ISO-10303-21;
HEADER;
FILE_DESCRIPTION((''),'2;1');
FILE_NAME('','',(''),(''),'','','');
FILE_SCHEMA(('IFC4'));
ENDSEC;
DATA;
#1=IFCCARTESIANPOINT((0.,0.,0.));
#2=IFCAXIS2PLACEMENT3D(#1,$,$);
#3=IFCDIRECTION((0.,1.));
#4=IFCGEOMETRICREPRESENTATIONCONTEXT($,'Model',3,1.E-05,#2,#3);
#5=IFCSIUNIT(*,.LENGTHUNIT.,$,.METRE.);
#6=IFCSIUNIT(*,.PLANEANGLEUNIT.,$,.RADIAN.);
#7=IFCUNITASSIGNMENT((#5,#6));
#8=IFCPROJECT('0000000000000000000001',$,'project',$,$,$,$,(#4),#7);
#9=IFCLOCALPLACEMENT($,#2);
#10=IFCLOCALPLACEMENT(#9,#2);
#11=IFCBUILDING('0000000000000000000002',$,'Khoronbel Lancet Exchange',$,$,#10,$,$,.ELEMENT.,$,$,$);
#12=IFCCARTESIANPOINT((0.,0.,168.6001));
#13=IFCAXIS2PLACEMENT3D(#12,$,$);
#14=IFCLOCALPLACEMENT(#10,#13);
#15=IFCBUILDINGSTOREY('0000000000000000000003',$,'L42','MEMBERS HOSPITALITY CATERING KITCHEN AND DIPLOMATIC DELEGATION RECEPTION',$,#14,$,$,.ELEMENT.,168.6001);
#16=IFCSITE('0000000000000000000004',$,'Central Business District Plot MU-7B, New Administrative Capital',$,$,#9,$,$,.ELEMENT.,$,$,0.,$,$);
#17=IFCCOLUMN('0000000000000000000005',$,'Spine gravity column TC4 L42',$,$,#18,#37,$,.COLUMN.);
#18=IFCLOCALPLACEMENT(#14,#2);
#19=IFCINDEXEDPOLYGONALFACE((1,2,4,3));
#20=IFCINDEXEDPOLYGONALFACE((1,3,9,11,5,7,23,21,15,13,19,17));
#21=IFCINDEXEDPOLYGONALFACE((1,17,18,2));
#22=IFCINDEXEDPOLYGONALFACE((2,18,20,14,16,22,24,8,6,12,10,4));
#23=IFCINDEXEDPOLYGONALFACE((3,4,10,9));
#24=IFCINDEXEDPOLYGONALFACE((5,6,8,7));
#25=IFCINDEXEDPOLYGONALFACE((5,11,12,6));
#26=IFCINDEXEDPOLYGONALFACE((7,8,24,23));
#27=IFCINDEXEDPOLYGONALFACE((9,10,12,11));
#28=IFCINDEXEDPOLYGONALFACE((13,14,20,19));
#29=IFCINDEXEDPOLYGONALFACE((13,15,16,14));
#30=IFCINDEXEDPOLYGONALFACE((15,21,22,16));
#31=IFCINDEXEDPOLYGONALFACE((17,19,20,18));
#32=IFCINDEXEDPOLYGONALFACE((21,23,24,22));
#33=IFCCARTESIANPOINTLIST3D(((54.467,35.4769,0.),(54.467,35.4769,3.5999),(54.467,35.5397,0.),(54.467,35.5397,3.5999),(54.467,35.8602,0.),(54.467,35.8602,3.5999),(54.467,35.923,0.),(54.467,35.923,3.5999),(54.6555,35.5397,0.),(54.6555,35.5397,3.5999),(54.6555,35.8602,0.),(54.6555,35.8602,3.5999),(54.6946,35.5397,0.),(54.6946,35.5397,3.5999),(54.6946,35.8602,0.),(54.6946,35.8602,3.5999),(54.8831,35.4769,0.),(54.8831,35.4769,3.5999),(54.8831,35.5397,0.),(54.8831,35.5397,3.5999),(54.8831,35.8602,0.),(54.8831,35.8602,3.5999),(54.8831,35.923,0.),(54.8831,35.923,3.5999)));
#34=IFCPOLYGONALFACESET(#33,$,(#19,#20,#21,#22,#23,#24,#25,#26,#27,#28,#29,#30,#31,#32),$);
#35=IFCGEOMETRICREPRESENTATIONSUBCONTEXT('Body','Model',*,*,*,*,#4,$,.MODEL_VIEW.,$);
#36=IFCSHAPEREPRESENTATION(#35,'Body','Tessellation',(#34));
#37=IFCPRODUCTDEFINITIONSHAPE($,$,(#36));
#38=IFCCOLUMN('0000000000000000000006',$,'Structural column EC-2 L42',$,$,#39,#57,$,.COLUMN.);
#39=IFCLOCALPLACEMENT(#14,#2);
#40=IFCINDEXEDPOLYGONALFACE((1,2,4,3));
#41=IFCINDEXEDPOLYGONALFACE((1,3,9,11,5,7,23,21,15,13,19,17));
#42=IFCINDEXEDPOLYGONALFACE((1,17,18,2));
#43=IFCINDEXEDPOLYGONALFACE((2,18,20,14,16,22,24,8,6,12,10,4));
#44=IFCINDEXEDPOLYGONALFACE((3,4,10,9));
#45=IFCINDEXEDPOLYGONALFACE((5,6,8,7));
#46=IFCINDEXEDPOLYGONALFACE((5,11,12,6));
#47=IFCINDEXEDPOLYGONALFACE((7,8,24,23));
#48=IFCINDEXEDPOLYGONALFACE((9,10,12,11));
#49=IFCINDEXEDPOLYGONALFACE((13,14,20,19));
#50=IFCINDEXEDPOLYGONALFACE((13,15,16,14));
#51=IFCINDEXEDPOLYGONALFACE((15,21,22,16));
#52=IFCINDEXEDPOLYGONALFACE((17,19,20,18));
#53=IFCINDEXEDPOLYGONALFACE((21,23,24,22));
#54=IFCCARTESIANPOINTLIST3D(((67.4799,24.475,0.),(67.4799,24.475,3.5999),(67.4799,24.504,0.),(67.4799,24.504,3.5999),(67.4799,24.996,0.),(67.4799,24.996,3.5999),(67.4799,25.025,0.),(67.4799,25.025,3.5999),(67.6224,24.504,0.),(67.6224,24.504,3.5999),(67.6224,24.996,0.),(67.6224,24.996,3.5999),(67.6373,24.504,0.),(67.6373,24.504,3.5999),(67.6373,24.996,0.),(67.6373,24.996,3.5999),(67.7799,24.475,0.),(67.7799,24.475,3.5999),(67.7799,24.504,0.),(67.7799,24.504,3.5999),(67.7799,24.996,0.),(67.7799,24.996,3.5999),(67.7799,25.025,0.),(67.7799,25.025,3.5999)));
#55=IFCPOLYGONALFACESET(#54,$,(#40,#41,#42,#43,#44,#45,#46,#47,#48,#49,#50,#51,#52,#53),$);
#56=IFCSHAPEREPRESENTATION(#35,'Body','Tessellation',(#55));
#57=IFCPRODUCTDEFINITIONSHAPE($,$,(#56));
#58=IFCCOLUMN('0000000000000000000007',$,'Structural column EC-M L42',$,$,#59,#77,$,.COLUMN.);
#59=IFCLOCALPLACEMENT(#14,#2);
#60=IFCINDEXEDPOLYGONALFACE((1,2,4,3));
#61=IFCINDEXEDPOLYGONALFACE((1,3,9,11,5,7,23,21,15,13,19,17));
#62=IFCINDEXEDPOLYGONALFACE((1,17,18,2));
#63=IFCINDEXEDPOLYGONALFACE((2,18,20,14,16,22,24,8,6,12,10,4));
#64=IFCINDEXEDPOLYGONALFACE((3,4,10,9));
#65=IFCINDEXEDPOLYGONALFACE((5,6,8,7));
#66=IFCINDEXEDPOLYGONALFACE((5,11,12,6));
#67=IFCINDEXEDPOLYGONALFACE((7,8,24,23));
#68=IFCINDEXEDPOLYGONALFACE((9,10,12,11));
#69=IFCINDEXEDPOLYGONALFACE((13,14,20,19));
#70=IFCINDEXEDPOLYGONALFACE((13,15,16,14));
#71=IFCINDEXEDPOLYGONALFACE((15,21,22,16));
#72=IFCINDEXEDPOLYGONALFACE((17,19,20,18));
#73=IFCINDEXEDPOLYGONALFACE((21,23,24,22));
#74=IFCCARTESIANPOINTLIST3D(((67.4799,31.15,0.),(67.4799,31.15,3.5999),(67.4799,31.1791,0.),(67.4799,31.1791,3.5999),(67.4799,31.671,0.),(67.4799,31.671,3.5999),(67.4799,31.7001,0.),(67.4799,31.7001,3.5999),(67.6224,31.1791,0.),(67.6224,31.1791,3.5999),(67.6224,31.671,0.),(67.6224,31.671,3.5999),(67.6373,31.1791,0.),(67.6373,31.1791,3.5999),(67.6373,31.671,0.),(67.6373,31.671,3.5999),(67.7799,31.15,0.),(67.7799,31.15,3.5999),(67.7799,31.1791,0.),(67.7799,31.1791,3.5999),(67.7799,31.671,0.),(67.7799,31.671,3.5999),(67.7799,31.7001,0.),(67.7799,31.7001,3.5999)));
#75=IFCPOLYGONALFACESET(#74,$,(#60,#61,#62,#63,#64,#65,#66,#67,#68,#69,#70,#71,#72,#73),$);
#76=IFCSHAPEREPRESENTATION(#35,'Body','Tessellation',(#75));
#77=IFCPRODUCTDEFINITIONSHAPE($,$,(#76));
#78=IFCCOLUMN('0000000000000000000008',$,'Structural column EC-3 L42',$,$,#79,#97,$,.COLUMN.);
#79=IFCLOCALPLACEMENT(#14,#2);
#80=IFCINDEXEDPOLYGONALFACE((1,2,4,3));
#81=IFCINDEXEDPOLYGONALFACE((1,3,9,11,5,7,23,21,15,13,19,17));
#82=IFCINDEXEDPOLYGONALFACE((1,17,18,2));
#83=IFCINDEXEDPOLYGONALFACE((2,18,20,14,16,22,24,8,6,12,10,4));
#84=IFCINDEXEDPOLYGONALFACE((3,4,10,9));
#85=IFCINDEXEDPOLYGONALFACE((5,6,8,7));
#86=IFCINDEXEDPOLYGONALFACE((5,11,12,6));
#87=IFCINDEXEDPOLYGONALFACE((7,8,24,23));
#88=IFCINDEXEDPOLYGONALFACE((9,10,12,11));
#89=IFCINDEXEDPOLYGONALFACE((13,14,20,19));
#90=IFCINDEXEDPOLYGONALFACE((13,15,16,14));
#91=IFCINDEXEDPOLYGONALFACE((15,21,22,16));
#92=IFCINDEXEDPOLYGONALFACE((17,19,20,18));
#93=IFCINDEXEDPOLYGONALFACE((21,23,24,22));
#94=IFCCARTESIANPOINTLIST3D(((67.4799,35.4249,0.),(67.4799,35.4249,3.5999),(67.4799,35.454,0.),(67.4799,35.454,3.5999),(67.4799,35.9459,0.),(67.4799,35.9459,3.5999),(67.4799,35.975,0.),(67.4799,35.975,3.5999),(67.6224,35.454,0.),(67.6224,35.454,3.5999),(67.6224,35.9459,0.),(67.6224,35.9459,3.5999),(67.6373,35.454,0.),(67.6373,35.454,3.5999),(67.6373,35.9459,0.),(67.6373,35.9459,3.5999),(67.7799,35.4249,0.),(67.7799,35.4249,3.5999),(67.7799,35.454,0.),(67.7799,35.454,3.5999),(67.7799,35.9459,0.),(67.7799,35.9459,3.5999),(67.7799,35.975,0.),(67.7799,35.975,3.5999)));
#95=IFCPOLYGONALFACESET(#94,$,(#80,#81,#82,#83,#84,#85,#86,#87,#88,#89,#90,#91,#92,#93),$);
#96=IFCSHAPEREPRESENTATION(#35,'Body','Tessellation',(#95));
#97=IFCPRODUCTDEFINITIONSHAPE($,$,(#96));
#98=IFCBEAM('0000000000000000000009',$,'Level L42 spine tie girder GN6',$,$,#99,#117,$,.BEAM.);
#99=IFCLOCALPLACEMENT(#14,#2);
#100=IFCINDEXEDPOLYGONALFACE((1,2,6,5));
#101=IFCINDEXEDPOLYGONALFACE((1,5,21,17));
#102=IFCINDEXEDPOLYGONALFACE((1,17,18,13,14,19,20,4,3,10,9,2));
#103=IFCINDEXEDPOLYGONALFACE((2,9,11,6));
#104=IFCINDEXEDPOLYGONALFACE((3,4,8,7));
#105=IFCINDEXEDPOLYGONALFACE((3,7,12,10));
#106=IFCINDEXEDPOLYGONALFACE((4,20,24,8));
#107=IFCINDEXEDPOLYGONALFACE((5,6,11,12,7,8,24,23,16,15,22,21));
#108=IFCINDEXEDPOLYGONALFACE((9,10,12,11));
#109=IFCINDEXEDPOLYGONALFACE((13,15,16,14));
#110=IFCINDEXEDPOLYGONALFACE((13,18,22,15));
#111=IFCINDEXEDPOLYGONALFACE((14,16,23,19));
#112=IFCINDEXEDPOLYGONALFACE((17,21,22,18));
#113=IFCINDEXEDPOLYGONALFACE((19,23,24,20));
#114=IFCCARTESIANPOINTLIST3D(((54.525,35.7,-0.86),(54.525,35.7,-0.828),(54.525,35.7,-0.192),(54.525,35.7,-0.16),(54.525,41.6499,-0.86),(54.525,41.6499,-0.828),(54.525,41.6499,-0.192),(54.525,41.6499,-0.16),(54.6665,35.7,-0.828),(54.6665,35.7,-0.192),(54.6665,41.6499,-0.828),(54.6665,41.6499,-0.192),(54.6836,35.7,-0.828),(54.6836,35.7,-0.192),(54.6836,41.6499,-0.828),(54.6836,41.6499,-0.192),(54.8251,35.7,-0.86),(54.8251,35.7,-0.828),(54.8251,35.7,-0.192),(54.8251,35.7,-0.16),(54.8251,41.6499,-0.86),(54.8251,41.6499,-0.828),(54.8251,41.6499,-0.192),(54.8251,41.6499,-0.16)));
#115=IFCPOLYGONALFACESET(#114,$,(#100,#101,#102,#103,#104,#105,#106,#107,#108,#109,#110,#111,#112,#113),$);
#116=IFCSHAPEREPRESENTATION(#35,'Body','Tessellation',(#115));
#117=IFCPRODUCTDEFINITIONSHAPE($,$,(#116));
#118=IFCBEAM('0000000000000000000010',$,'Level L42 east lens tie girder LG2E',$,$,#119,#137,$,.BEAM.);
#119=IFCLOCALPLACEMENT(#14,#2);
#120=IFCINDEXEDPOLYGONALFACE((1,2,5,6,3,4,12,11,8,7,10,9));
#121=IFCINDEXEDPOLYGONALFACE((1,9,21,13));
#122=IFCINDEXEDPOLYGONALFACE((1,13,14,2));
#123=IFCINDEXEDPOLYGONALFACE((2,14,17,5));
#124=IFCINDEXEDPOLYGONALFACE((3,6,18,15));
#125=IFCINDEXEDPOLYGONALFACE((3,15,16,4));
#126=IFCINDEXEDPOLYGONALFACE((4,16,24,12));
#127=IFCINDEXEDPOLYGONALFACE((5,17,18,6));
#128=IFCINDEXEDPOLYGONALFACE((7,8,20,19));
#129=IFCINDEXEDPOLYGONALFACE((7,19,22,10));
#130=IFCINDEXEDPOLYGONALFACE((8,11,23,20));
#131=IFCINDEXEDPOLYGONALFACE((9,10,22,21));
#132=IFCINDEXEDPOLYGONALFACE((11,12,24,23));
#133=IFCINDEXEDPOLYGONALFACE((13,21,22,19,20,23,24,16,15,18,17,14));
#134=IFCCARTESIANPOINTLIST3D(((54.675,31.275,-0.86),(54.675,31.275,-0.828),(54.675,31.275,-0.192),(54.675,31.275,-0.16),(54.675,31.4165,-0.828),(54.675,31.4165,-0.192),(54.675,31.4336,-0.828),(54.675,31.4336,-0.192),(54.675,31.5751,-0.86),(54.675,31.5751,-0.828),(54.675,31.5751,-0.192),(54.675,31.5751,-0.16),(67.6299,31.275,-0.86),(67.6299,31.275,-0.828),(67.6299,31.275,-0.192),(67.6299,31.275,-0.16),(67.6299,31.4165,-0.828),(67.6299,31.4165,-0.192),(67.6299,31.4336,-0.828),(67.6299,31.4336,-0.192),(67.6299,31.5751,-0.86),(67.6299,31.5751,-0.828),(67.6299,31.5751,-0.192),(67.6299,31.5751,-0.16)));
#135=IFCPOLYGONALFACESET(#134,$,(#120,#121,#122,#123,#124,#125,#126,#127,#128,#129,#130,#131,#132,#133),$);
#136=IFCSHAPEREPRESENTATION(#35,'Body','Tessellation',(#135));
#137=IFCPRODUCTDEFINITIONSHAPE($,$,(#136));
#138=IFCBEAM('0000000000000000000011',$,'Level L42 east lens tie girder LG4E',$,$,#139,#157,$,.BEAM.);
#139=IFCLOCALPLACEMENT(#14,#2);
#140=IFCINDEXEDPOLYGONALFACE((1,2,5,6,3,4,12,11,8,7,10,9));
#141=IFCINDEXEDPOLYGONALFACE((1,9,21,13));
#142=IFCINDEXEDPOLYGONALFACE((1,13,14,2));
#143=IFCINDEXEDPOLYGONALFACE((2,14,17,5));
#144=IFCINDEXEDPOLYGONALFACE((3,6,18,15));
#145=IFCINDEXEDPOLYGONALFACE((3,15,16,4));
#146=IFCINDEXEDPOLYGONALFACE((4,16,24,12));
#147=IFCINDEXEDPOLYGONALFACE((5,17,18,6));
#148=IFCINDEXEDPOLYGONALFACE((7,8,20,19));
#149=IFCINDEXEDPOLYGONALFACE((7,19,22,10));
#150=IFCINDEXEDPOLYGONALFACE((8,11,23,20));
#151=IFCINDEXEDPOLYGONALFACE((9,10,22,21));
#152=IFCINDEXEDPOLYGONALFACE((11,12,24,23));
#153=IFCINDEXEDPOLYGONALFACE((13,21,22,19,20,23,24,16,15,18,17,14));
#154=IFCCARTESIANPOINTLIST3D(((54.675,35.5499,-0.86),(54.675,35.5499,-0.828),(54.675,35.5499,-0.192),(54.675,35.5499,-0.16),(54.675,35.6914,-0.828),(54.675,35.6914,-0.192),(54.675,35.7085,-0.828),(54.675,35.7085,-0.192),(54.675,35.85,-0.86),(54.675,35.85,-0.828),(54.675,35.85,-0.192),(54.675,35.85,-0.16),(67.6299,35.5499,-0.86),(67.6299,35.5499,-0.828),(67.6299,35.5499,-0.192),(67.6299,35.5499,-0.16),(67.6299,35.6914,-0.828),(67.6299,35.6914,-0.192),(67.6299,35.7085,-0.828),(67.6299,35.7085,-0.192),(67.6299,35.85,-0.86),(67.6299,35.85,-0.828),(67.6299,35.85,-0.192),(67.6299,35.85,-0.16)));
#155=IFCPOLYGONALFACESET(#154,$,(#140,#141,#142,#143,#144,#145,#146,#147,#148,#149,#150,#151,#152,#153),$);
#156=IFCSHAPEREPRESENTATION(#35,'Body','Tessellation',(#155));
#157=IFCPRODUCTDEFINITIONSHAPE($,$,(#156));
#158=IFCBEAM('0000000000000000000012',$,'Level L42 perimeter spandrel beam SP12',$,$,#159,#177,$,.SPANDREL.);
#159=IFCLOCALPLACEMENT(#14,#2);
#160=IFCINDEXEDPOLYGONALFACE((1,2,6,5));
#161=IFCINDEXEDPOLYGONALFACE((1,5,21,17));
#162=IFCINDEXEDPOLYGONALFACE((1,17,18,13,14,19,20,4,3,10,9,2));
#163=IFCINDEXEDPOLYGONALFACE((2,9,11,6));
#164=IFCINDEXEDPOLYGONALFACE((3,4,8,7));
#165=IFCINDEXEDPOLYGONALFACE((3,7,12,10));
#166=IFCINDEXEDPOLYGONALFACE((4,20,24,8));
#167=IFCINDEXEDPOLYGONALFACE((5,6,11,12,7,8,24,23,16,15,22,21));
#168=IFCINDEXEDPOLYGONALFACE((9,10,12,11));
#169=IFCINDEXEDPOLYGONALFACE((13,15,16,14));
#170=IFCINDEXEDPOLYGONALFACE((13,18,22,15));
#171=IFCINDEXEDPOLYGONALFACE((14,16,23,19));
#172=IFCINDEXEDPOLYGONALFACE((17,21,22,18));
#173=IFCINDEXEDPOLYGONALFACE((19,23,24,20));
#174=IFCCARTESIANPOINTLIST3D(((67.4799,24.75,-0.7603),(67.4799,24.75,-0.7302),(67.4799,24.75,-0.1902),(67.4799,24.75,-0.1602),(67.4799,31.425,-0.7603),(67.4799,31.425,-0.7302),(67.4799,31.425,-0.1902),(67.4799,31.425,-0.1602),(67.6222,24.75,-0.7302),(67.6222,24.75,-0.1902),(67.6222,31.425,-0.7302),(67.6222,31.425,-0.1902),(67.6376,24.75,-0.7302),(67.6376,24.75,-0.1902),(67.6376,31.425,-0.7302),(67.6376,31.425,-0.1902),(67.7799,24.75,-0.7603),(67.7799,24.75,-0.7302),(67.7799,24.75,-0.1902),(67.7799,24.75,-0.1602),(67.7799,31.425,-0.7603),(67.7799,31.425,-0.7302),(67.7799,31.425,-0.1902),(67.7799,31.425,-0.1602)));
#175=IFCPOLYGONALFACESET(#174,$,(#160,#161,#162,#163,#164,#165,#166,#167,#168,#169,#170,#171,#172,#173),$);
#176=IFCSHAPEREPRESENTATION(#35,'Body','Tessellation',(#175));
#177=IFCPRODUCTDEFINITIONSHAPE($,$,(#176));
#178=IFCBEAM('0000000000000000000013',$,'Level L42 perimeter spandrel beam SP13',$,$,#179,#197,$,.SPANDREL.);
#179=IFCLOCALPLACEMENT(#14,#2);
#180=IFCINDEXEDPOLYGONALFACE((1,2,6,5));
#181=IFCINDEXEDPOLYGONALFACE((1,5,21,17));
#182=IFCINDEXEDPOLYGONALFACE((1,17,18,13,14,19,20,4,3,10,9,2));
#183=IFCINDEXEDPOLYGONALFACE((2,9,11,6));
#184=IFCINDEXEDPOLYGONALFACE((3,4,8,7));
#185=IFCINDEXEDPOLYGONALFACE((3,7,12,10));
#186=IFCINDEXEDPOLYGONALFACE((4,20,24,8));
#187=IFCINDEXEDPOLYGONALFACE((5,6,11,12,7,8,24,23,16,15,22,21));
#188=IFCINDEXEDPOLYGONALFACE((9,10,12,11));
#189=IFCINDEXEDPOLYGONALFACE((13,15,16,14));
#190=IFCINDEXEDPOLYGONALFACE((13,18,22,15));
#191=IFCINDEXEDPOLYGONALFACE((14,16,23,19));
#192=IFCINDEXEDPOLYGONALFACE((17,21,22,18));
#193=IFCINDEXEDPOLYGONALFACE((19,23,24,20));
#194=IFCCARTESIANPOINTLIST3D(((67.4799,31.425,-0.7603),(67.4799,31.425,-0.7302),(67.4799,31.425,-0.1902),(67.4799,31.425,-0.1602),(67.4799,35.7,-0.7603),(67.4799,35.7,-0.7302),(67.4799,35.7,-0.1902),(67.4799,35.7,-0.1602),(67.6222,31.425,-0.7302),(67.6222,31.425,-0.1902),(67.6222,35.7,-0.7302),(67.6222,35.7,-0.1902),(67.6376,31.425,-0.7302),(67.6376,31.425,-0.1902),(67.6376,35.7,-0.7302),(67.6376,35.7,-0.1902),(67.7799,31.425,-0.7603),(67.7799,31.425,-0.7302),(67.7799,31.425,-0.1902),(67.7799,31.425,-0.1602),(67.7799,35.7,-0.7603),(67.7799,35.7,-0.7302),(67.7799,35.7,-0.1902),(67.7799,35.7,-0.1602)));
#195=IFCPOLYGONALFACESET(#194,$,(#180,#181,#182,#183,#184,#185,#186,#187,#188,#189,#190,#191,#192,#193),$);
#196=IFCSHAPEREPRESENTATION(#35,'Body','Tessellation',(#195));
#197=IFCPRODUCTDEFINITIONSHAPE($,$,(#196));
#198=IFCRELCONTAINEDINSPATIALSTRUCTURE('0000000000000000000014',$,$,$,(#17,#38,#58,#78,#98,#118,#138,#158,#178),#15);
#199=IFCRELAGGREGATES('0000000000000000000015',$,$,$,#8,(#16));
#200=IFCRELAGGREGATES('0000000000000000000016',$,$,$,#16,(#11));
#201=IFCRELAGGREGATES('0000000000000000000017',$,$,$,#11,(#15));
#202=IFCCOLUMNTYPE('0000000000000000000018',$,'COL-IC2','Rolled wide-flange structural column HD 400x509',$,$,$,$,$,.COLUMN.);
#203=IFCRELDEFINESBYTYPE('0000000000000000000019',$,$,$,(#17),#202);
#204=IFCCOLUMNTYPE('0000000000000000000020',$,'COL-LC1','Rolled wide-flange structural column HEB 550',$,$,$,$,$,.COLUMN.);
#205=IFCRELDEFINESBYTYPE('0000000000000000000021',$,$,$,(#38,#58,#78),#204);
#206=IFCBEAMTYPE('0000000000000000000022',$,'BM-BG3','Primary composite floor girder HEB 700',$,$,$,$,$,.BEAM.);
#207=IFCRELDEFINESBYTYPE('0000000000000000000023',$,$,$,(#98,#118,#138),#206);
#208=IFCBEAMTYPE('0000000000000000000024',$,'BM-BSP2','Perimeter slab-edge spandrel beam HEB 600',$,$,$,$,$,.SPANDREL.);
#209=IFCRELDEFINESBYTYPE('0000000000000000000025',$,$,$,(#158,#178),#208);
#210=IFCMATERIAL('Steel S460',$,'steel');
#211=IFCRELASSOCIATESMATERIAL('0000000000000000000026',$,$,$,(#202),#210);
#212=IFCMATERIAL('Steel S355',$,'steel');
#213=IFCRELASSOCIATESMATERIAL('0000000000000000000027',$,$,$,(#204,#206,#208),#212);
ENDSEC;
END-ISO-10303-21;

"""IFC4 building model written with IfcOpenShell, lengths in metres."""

from ifc_helpers import new_model, si_unit, direction, frame, origin, origin_2d, place, context, subcontext, project, spatial, i_section, extrude, material, material_profile, profile_set, type_object, element, save


model = new_model("IFC4")

# Units and contexts
model_context = context("Model", 3, precision=1e-05, world=origin(), true_north=direction((0.0, 1.0)))
body_context = subcontext(model_context, "Body", "Model", "MODEL_VIEW")
ifc_project = project(units=[si_unit("LENGTHUNIT", "METRE"), si_unit("PLANEANGLEUNIT", "RADIAN")], contexts=[model_context])

# Site, building, storey
site_placement = place(None, origin())
site = spatial("IfcSite", under=ifc_project, at=site_placement, Name="Central Business District Plot MU-7B, New Administrative Capital", CompositionType="ELEMENT", RefElevation=0.0)
building_placement = place(site_placement, origin())
building = spatial("IfcBuilding", under=site, at=building_placement, Name="Khoronbel Lancet Exchange", CompositionType="ELEMENT")
storey_placement = place(building_placement, frame((0.0, 0.0, 168.6001)))
storey = spatial("IfcBuildingStorey", under=building, at=storey_placement, Name="L42", Description="MEMBERS HOSPITALITY CATERING KITCHEN AND DIPLOMATIC DELEGATION RECEPTION", CompositionType="ELEMENT", Elevation=168.6001)

# Columns
ifc_material_1 = material(Name="Steel S460", Category="steel")
ifc_material_profile_1 = material_profile(ifc_material_1, i_section(OverallWidth=0.416, OverallDepth=0.446, WebThickness=0.0391, FlangeThickness=0.0627, at=origin_2d()), Name="HD 400x509")
ifc_profile_set_1 = profile_set([ifc_material_profile_1], Name="Steel S460")
column_type_1 = type_object("IfcColumnType", Name="COL-IC2", Description="Rolled wide-flange structural column HD 400x509", PredefinedType="COLUMN", material=ifc_profile_set_1)
column_placement = place(storey_placement, frame((54.675, 35.7, 0.0), z_axis=(0.0, 0.0, 1.0), x_axis=(1.0, 0.0, 0.0)))
element("IfcColumn", 1, at=column_placement, inside=storey, type_object=column_type_1, Name="Spine gravity column TC4 L42", PredefinedType="COLUMN", context=body_context, shape_type="SweptSolid", body=[
    extrude(i_section(OverallWidth=0.416, OverallDepth=0.446, WebThickness=0.0391, FlangeThickness=0.0627, at=origin_2d()), origin(), (0.0, 0.0, 1.0), 3.5999),
])
ifc_material_2 = material(Name="Steel S355", Category="steel")
ifc_material_profile_2 = material_profile(ifc_material_2, i_section(OverallWidth=0.3, OverallDepth=0.55, WebThickness=0.0149, FlangeThickness=0.0291, at=origin_2d()), Name="HEB 550")
ifc_profile_set_2 = profile_set([ifc_material_profile_2], Name="Steel S355")
column_type_2 = type_object("IfcColumnType", Name="COL-LC1", Description="Rolled wide-flange structural column HEB 550", PredefinedType="COLUMN", material=ifc_profile_set_2)
for number, where, z_axis, x_axis, name in (
    (2, (67.6299, 24.75, 0.0), (0.0, 0.0, 1.0), (1.0, 0.0, 0.0), "Structural column EC-2 L42"),
    (3, (67.6299, 31.425, 0.0), (0.0, 0.0, 1.0), (1.0, 0.0, 0.0), "Structural column EC-M L42"),
    (4, (67.6299, 35.7, 0.0), (0.0, 0.0, 1.0), (1.0, 0.0, 0.0), "Structural column EC-3 L42"),
):
    element("IfcColumn", number, at=place(storey_placement, frame(where, z_axis=z_axis, x_axis=x_axis)), inside=storey, type_object=column_type_2, Name=name, PredefinedType="COLUMN", context=body_context, shape_type="SweptSolid", body=[
        extrude(i_section(OverallWidth=0.3, OverallDepth=0.55, WebThickness=0.0149, FlangeThickness=0.0291, at=origin_2d()), origin(), (0.0, 0.0, 1.0), 3.5999),
    ])

# Beams
ifc_material_profile_3 = material_profile(ifc_material_2, i_section(OverallWidth=0.3, OverallDepth=0.7, WebThickness=0.0171, FlangeThickness=0.032, at=origin_2d()), Name="HEB 700")
ifc_profile_set_3 = profile_set([ifc_material_profile_3], Name="Steel S355")
beam_type_1 = type_object("IfcBeamType", Name="BM-BG3", Description="Primary composite floor girder HEB 700", PredefinedType="BEAM", material=ifc_profile_set_3)
beam_1_placement = place(storey_placement, frame((54.675, 35.7, -0.51), z_axis=(0.0, 1.0, 0.0), x_axis=(-1.0, 0.0, 0.0)))
element("IfcBeam", 5, at=beam_1_placement, inside=storey, type_object=beam_type_1, Name="Level L42 spine tie girder GN6", PredefinedType="BEAM", context=body_context, shape_type="SweptSolid", body=[
    extrude(i_section(OverallWidth=0.3, OverallDepth=0.7, WebThickness=0.0171, FlangeThickness=0.032, at=origin_2d()), origin(), (0.0, 0.0, 1.0), 5.95),
])
for number, where, z_axis, x_axis, name in (
    (6, (54.675, 31.425, -0.51), (1.0, 0.0, 0.0), (0.0, 1.0, 0.0), "Level L42 east lens tie girder LG2E"),
    (7, (54.675, 35.7, -0.51), (1.0, 0.0, 0.0), (0.0, 1.0, 0.0), "Level L42 east lens tie girder LG4E"),
):
    element("IfcBeam", number, at=place(storey_placement, frame(where, z_axis=z_axis, x_axis=x_axis)), inside=storey, type_object=beam_type_1, Name=name, PredefinedType="BEAM", context=body_context, shape_type="SweptSolid", body=[
        extrude(i_section(OverallWidth=0.3, OverallDepth=0.7, WebThickness=0.0171, FlangeThickness=0.032, at=origin_2d()), origin(), (0.0, 0.0, 1.0), 12.9548),
    ])
ifc_material_profile_4 = material_profile(ifc_material_2, i_section(OverallWidth=0.3, OverallDepth=0.6001, WebThickness=0.0154, FlangeThickness=0.03, at=origin_2d()), Name="HEB 600")
ifc_profile_set_4 = profile_set([ifc_material_profile_4], Name="Steel S355")
beam_type_2 = type_object("IfcBeamType", Name="BM-BSP2", Description="Perimeter slab-edge spandrel beam HEB 600", PredefinedType="SPANDREL", material=ifc_profile_set_4)
beam_2_placement = place(storey_placement, frame((67.6299, 24.75, -0.4602), z_axis=(0.0, 1.0, 0.0), x_axis=(-1.0, 0.0, 0.0)))
element("IfcBeam", 8, at=beam_2_placement, inside=storey, type_object=beam_type_2, Name="Level L42 perimeter spandrel beam SP12", PredefinedType="SPANDREL", context=body_context, shape_type="SweptSolid", body=[
    extrude(i_section(OverallWidth=0.3, OverallDepth=0.6001, WebThickness=0.0154, FlangeThickness=0.03, at=origin_2d()), origin(), (0.0, 0.0, 1.0), 6.675),
])
beam_3_placement = place(storey_placement, frame((67.6299, 31.425, -0.4602), z_axis=(0.0, 1.0, 0.0), x_axis=(-1.0, 0.0, 0.0)))
element("IfcBeam", 9, at=beam_3_placement, inside=storey, type_object=beam_type_2, Name="Level L42 perimeter spandrel beam SP13", PredefinedType="SPANDREL", context=body_context, shape_type="SweptSolid", body=[
    extrude(i_section(OverallWidth=0.3, OverallDepth=0.6001, WebThickness=0.0154, FlangeThickness=0.03, at=origin_2d()), origin(), (0.0, 0.0, 1.0), 4.2749),
])

save(model, "model.ifc")
